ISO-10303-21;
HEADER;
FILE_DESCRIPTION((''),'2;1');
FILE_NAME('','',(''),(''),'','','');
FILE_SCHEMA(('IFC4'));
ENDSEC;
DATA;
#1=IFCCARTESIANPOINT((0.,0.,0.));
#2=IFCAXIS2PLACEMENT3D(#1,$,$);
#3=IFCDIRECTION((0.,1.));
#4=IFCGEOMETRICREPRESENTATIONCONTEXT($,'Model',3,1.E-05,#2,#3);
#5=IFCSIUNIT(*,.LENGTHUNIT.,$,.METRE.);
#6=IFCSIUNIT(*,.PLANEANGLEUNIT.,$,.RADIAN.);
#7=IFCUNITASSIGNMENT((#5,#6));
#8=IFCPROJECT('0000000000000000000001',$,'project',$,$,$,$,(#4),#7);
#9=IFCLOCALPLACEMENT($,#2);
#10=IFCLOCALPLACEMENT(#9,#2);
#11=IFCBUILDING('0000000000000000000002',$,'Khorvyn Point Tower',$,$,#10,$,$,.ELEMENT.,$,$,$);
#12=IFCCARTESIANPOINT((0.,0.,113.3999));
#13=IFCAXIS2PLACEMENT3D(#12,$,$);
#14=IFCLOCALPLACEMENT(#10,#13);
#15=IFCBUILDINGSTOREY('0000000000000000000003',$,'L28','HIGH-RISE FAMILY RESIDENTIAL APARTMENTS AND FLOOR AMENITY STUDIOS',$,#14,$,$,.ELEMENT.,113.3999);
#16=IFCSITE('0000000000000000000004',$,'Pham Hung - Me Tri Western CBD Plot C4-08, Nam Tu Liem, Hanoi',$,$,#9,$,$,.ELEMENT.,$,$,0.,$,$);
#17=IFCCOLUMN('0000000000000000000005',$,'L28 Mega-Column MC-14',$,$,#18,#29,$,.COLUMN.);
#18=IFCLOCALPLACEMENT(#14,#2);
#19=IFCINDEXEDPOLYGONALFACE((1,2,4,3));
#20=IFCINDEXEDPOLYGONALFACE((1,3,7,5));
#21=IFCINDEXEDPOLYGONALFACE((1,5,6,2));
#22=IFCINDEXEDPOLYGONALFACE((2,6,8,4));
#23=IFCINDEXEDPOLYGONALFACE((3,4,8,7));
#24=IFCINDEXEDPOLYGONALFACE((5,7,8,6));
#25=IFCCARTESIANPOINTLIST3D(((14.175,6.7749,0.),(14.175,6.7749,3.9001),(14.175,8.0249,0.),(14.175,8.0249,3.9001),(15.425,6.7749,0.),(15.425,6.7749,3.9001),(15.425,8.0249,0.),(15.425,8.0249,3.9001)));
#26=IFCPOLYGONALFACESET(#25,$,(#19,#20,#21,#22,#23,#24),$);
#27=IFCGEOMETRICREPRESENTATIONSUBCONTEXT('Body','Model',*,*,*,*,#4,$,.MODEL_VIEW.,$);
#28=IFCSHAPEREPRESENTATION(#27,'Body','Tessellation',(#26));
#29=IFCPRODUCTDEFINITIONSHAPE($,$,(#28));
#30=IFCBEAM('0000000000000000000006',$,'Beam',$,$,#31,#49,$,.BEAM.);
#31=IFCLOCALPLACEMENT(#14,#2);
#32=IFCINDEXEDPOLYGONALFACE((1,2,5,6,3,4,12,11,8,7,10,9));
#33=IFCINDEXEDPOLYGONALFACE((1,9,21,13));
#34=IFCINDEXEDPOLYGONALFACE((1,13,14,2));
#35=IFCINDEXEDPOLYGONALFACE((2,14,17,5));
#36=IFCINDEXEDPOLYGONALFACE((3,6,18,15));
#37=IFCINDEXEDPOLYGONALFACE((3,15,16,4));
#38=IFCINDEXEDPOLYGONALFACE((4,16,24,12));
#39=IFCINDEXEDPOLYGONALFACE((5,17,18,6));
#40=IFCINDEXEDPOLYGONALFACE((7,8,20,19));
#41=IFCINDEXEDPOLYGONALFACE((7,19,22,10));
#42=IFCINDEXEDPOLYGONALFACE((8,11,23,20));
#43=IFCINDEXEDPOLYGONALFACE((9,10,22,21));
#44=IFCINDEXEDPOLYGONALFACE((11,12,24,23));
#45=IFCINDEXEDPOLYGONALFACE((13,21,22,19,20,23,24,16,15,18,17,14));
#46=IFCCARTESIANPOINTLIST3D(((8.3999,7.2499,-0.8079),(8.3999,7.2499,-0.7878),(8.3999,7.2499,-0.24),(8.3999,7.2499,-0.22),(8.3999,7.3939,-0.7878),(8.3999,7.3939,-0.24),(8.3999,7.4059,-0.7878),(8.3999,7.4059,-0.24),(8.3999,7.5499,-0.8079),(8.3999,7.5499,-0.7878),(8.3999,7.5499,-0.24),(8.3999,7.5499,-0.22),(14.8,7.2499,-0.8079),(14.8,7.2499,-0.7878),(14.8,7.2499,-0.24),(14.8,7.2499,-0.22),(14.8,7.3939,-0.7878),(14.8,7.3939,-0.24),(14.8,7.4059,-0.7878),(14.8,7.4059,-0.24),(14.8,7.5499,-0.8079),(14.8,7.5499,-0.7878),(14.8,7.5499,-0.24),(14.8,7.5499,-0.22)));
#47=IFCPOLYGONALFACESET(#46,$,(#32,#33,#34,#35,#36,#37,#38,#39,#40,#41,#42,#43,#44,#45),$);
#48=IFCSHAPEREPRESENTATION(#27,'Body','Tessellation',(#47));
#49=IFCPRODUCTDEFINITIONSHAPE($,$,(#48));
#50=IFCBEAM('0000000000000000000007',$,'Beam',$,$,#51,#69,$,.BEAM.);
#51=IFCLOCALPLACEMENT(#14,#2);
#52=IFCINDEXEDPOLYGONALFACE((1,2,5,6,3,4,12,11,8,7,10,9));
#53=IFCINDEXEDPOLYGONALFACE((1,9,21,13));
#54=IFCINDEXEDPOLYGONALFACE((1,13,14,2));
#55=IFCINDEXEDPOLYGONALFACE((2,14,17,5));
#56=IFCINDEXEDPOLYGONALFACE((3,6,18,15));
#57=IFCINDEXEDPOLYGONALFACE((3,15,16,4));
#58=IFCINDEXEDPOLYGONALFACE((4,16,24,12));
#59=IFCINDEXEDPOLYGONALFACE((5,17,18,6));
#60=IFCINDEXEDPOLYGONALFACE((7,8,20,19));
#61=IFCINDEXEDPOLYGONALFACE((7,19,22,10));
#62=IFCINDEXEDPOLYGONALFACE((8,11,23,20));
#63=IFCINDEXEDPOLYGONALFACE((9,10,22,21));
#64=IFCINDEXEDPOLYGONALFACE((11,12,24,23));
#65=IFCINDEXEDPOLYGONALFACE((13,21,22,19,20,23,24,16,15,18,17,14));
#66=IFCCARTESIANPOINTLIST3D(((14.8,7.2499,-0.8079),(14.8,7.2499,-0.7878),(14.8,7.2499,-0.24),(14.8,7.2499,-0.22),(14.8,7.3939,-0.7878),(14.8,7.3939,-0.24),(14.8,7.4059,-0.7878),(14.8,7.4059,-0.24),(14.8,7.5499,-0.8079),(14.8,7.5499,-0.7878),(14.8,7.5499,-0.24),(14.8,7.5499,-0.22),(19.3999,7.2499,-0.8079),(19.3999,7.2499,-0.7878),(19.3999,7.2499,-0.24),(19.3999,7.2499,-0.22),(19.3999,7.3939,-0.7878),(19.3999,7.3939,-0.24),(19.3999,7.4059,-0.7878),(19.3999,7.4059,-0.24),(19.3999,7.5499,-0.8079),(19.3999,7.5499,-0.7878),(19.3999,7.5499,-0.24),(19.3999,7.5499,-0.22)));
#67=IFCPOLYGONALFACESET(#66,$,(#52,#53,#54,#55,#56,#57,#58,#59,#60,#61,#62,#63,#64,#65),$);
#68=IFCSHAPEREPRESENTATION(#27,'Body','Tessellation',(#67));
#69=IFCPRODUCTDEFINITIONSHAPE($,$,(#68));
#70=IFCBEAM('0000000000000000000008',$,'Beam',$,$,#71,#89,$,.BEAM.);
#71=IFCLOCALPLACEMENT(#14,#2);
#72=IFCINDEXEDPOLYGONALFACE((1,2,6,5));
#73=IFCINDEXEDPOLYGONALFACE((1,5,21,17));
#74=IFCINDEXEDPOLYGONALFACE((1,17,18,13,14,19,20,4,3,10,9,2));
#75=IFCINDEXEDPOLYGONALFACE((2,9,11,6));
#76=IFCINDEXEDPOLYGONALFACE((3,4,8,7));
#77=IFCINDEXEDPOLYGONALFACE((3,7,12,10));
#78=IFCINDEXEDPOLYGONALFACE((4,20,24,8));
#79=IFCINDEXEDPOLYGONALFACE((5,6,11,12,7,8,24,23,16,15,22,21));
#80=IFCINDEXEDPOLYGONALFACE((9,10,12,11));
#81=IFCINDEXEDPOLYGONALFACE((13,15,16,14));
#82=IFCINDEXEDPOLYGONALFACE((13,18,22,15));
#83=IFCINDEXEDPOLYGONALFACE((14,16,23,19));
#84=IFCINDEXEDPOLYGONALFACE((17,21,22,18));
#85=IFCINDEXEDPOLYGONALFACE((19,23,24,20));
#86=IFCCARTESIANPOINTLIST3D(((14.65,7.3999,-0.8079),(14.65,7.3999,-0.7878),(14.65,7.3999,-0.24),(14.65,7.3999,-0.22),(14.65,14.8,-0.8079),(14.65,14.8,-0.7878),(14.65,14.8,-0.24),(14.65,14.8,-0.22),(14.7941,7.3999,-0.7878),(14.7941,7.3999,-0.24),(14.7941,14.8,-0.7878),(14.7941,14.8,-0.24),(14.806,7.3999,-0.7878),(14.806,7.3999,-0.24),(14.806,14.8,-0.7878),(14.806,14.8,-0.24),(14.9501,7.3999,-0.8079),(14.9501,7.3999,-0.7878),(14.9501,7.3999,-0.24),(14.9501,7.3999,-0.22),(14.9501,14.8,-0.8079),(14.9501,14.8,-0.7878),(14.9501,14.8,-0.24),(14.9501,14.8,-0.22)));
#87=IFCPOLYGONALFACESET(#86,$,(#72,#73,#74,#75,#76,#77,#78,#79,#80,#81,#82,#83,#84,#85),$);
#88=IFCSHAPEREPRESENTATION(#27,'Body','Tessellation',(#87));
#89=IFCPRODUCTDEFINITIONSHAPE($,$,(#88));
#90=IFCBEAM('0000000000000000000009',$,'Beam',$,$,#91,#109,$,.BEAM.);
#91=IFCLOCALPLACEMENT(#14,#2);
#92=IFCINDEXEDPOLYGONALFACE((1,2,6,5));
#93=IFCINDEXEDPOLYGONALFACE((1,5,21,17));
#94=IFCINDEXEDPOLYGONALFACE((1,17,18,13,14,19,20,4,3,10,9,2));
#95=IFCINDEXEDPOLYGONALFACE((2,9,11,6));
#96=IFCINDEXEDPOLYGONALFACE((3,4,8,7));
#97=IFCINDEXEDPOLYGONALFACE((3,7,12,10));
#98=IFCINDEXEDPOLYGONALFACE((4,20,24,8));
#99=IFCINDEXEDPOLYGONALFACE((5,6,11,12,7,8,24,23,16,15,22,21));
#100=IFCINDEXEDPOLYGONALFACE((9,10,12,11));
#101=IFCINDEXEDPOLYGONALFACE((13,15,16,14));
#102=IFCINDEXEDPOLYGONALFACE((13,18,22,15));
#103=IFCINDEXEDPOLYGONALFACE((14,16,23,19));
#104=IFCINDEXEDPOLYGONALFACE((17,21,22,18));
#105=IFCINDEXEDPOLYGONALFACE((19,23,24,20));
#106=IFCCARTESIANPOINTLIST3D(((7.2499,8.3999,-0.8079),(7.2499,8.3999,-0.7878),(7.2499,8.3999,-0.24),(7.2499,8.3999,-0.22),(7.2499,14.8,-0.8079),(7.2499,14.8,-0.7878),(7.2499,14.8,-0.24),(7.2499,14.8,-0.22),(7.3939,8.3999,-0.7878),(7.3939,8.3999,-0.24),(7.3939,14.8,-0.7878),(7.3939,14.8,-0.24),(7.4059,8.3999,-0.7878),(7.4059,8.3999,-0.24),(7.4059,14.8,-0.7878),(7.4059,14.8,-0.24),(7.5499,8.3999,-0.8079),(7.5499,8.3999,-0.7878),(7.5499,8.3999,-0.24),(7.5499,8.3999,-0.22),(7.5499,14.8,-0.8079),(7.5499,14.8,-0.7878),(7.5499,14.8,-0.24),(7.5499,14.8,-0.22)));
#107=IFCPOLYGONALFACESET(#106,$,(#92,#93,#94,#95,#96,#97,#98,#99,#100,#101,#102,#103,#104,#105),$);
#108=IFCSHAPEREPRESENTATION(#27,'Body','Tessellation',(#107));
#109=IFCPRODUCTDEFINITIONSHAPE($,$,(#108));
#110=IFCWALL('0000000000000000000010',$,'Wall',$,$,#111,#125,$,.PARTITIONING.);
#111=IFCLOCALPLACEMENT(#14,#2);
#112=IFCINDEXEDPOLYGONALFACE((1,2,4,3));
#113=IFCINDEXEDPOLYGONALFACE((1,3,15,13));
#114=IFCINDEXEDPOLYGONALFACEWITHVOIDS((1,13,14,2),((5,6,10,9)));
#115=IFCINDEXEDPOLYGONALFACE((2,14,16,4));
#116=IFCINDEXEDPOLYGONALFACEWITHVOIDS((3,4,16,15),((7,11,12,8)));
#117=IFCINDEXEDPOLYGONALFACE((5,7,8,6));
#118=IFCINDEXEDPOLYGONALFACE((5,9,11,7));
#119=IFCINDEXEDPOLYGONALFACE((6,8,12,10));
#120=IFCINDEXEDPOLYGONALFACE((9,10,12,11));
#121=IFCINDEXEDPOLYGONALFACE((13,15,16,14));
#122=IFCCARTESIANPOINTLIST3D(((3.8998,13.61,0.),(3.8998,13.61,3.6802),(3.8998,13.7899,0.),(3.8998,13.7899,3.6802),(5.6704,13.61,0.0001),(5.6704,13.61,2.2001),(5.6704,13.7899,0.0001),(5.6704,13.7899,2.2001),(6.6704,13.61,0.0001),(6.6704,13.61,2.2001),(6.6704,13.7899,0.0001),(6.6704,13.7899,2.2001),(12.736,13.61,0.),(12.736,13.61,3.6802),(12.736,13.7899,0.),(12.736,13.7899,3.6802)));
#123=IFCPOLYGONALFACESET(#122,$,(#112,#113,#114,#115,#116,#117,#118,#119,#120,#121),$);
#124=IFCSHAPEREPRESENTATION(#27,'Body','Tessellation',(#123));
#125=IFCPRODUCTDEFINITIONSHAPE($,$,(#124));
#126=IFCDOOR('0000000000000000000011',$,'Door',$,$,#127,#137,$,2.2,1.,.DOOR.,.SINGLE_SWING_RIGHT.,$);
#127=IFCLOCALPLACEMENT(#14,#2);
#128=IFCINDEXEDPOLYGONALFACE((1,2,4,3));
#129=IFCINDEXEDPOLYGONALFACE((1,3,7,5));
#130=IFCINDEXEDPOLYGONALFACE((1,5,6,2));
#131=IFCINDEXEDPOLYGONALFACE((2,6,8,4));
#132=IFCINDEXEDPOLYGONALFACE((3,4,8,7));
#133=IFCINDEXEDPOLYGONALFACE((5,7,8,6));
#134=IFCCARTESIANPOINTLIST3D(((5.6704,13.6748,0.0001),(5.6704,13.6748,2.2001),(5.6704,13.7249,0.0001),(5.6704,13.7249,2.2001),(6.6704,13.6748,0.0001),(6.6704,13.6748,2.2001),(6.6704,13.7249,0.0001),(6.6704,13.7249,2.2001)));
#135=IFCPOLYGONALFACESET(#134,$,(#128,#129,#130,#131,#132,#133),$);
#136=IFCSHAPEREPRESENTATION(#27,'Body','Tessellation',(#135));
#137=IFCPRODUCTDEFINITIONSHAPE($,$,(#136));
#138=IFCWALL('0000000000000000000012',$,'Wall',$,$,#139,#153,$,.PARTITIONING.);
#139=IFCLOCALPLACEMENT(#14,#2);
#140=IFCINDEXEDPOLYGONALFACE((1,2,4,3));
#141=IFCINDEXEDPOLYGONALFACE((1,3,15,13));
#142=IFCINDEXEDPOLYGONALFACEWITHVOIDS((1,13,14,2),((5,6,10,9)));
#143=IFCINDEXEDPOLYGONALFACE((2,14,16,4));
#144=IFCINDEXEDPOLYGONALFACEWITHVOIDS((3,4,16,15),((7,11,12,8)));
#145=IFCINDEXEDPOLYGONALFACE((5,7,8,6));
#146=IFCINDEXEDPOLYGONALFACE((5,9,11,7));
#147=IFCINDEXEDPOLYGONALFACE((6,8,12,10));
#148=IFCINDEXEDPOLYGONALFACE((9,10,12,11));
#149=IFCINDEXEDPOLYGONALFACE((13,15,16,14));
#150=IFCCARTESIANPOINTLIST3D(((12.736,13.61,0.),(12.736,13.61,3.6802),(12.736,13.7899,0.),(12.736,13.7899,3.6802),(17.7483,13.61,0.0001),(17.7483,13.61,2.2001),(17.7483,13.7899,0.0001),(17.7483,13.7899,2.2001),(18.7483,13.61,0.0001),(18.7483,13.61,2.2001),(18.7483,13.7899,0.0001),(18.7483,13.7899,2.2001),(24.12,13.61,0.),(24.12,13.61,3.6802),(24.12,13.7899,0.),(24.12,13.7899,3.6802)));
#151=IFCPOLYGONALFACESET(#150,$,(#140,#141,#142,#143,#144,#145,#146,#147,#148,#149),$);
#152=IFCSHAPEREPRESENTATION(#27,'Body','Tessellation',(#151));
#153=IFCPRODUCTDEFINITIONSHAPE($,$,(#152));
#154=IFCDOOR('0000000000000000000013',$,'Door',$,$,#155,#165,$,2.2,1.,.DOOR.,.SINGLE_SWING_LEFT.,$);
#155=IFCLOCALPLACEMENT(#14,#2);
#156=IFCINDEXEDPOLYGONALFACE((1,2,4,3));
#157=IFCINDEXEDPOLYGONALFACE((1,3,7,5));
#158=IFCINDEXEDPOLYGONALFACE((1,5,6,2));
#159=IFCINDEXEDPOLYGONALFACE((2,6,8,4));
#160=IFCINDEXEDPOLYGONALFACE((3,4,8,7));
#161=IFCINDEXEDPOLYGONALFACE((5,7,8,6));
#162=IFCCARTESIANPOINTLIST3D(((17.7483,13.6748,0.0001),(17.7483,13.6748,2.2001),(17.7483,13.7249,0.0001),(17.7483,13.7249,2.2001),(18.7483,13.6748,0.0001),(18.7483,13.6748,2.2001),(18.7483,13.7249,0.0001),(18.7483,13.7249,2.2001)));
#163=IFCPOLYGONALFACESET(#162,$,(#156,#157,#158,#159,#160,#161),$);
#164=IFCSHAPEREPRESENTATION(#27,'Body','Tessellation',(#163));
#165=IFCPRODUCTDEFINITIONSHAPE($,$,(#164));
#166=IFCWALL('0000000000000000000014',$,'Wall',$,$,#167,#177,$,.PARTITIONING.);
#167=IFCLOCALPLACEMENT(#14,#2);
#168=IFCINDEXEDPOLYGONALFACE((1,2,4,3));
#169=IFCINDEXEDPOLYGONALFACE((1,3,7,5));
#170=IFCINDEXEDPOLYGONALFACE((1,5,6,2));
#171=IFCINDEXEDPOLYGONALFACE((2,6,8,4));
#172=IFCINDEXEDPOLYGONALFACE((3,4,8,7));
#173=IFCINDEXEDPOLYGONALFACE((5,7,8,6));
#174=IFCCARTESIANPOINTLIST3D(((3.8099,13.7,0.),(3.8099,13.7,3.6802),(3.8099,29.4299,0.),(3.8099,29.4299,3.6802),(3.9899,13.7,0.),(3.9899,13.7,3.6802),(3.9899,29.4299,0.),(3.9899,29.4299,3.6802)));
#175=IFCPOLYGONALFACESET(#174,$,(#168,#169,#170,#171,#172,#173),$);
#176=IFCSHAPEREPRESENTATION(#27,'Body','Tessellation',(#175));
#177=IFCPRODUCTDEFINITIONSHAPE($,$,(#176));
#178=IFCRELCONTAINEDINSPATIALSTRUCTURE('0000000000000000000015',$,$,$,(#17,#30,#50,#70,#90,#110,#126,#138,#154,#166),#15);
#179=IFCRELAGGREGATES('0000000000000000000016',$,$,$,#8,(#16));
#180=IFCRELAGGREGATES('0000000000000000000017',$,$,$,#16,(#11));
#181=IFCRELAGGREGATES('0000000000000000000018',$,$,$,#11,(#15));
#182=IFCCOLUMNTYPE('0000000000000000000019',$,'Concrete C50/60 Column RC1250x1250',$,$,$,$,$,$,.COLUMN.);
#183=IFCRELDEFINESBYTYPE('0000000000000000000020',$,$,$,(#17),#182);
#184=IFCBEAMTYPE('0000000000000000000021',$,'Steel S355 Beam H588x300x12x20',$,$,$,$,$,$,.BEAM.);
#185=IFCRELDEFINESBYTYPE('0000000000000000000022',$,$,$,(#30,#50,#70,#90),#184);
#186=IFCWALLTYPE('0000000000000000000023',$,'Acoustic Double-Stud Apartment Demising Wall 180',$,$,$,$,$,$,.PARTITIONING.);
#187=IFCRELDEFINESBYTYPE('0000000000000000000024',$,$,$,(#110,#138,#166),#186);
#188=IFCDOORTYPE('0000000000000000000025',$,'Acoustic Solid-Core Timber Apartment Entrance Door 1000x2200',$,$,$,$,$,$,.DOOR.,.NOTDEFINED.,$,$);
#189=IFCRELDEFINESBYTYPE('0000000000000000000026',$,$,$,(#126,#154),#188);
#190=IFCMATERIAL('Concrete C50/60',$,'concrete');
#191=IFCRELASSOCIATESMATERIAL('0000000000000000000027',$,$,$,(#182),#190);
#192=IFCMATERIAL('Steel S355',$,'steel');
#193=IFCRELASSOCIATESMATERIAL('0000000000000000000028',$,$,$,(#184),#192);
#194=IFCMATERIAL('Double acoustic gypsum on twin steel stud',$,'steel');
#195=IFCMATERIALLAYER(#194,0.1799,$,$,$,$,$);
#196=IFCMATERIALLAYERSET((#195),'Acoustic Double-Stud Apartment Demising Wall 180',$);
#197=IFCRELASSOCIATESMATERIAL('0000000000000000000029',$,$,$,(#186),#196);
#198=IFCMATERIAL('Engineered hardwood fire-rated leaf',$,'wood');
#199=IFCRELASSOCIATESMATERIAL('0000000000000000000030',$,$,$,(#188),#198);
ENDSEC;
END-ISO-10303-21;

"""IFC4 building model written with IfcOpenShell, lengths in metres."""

from ifc_helpers import new_model, si_unit, direction, frame, frame_2d, origin, origin_2d, place, context, subcontext, project, spatial, rectangle, i_section, extrude, material, layer, layer_set, material_profile, profile_set, type_object, element, fill, save


model = new_model("IFC4")

# Units and contexts
model_context = context("Model", 3, precision=1e-05, world=origin(), true_north=direction((0.0, 1.0)))
body_context = subcontext(model_context, "Body", "Model", "MODEL_VIEW")
ifc_project = project(units=[si_unit("LENGTHUNIT", "METRE"), si_unit("PLANEANGLEUNIT", "RADIAN")], contexts=[model_context])

# Site, building, storey
site_placement = place(None, origin())
site = spatial("IfcSite", under=ifc_project, at=site_placement, Name="Pham Hung - Me Tri Western CBD Plot C4-08, Nam Tu Liem, Hanoi", CompositionType="ELEMENT", RefElevation=0.0)
building_placement = place(site_placement, origin())
building = spatial("IfcBuilding", under=site, at=building_placement, Name="Khorvyn Point Tower", CompositionType="ELEMENT")
storey_placement = place(building_placement, frame((0.0, 0.0, 113.3999)))
storey = spatial("IfcBuildingStorey", under=building, at=storey_placement, Name="L28", Description="HIGH-RISE FAMILY RESIDENTIAL APARTMENTS AND FLOOR AMENITY STUDIOS", CompositionType="ELEMENT", Elevation=113.3999)

# Column
ifc_material_1 = material(Name="Concrete C50/60", Category="concrete")
ifc_material_profile_1 = material_profile(ifc_material_1, rectangle(XDim=1.25, YDim=1.25, at=origin_2d()))
ifc_profile_set_1 = profile_set([ifc_material_profile_1], Name="Concrete C50/60 RC1250x1250")
column_type = type_object("IfcColumnType", Name="Concrete C50/60 Column RC1250x1250", PredefinedType="COLUMN", material=ifc_profile_set_1)
column_placement = place(storey_placement, frame((14.8, 7.3999, 0.0), z_axis=(0.0, 0.0, 1.0), x_axis=(1.0, 0.0, 0.0)))
element("IfcColumn", 1, at=column_placement, inside=storey, type_object=column_type, Name="L28 Mega-Column MC-14", PredefinedType="COLUMN", context=body_context, shape_type="SweptSolid", body=[
    extrude(rectangle(XDim=1.25, YDim=1.25, at=origin_2d()), origin(), (0.0, 0.0, 1.0), 3.9001),
])

# Beams
ifc_material_2 = material(Name="Steel S355", Category="steel")
ifc_material_profile_2 = material_profile(ifc_material_2, i_section(OverallWidth=0.3, OverallDepth=0.5879, WebThickness=0.012, FlangeThickness=0.02, at=origin_2d()))
ifc_profile_set_2 = profile_set([ifc_material_profile_2], Name="Steel S355 H588x300x12x20")
beam_type = type_object("IfcBeamType", Name="Steel S355 Beam H588x300x12x20", PredefinedType="BEAM", material=ifc_profile_set_2)
beam_1_placement = place(storey_placement, frame((8.3999, 7.3999, -0.5139), z_axis=(1.0, 0.0, 0.0), x_axis=(0.0, 1.0, 0.0)))
element("IfcBeam", 2, at=beam_1_placement, inside=storey, type_object=beam_type, Name="Beam", PredefinedType="BEAM", context=body_context, shape_type="SweptSolid", body=[
    extrude(i_section(OverallWidth=0.3, OverallDepth=0.5879, WebThickness=0.012, FlangeThickness=0.02, at=origin_2d()), origin(), (0.0, 0.0, 1.0), 6.4001),
])
beam_2_placement = place(storey_placement, frame((14.8, 7.3999, -0.5139), z_axis=(1.0, 0.0, 0.0), x_axis=(0.0, 1.0, 0.0)))
element("IfcBeam", 3, at=beam_2_placement, inside=storey, type_object=beam_type, Name="Beam", PredefinedType="BEAM", context=body_context, shape_type="SweptSolid", body=[
    extrude(i_section(OverallWidth=0.3, OverallDepth=0.5879, WebThickness=0.012, FlangeThickness=0.02, at=origin_2d()), origin(), (0.0, 0.0, 1.0), 4.5999),
])
beam_3_placement = place(storey_placement, frame((14.8, 7.3999, -0.5139), z_axis=(0.0, 1.0, 0.0), x_axis=(-1.0, 0.0, 0.0)))
element("IfcBeam", 4, at=beam_3_placement, inside=storey, type_object=beam_type, Name="Beam", PredefinedType="BEAM", context=body_context, shape_type="SweptSolid", body=[
    extrude(i_section(OverallWidth=0.3, OverallDepth=0.5879, WebThickness=0.012, FlangeThickness=0.02, at=origin_2d()), origin(), (0.0, 0.0, 1.0), 7.4001),
])
beam_4_placement = place(storey_placement, frame((7.3999, 8.3999, -0.5139), z_axis=(0.0, 1.0, 0.0), x_axis=(-1.0, 0.0, 0.0)))
element("IfcBeam", 5, at=beam_4_placement, inside=storey, type_object=beam_type, Name="Beam", PredefinedType="BEAM", context=body_context, shape_type="SweptSolid", body=[
    extrude(i_section(OverallWidth=0.3, OverallDepth=0.5879, WebThickness=0.012, FlangeThickness=0.02, at=origin_2d()), origin(), (0.0, 0.0, 1.0), 6.4001),
])

# Walls, openings, doors
ifc_material_3 = material(Name="Double acoustic gypsum on twin steel stud", Category="steel")
ifc_layer_1 = layer(ifc_material_3, 0.1799)
ifc_layer_set_1 = layer_set([ifc_layer_1], Name="Acoustic Double-Stud Apartment Demising Wall 180")
wall_type_1 = type_object("IfcWallType", Name="Acoustic Double-Stud Apartment Demising Wall 180", PredefinedType="PARTITIONING", material=ifc_layer_set_1)
wall_1_placement = place(storey_placement, frame((3.8999, 13.7, 0.0), z_axis=(0.0, 0.0, 1.0), x_axis=(1.0, 0.0, 0.0)))
wall_1 = element("IfcWall", 6, at=wall_1_placement, inside=storey, type_object=wall_type_1, Name="Wall", PredefinedType="PARTITIONING", context=body_context, shape_type="SweptSolid", body=[
    extrude(rectangle(XDim=8.8362, YDim=0.1799, at=frame_2d((4.418, 0.0))), origin(), (0.0, 0.0, 1.0), 3.6802),
])
opening_1_placement = place(wall_1_placement, frame((1.7705, 0.0, 0.0)))
opening_1 = element("IfcOpeningElement", 7, at=opening_1_placement, cuts=wall_1, PredefinedType="OPENING", context=body_context, shape_type="SweptSolid", body=[
    extrude(rectangle(XDim=1.0, YDim=2.2, at=frame_2d((0.5, 1.1001))), frame((0.0, 0.0999, 0.0), z_axis=(0.0, -1.0, 0.0), x_axis=(1.0, 0.0, 0.0)), (0.0, 0.0, 1.0), 0.2),
])
ifc_material_4 = material(Name="Engineered hardwood fire-rated leaf", Category="wood")
door_type_1 = type_object("IfcDoorType", Name="Acoustic Solid-Core Timber Apartment Entrance Door 1000x2200", OperationType="NOTDEFINED", PredefinedType="DOOR", material=ifc_material_4)
door_1_placement = place(opening_1_placement, origin())
door_1 = element("IfcDoor", 8, at=door_1_placement, inside=storey, type_object=door_type_1, Name="Door", OperationType="SINGLE_SWING_RIGHT", OverallHeight=2.2, OverallWidth=1.0, PredefinedType="DOOR", context=body_context, shape_type="SweptSolid", body=[
    extrude(rectangle(XDim=1.0, YDim=2.2, at=frame_2d((0.5, 1.1001))), frame((0.0, 0.0249, 0.0), z_axis=(0.0, -1.0, 0.0), x_axis=(1.0, 0.0, 0.0)), (0.0, 0.0, 1.0), 0.05),
])
fill(opening_1, door_1)
wall_2_placement = place(storey_placement, frame((12.7361, 13.7, 0.0), z_axis=(0.0, 0.0, 1.0), x_axis=(1.0, 0.0, 0.0)))
wall_2 = element("IfcWall", 9, at=wall_2_placement, inside=storey, type_object=wall_type_1, Name="Wall", PredefinedType="PARTITIONING", context=body_context, shape_type="SweptSolid", body=[
    extrude(rectangle(XDim=11.384, YDim=0.1799, at=frame_2d((5.6919, 0.0))), origin(), (0.0, 0.0, 1.0), 3.6802),
])
opening_2_placement = place(wall_2_placement, frame((5.0122, 0.0, 0.0)))
opening_2 = element("IfcOpeningElement", 10, at=opening_2_placement, cuts=wall_2, PredefinedType="OPENING", context=body_context, shape_type="SweptSolid", body=[
    extrude(rectangle(XDim=1.0, YDim=2.2, at=frame_2d((0.5, 1.1001))), frame((0.0, 0.0999, 0.0), z_axis=(0.0, -1.0, 0.0), x_axis=(1.0, 0.0, 0.0)), (0.0, 0.0, 1.0), 0.2),
])
door_2_placement = place(opening_2_placement, origin())
door_2 = element("IfcDoor", 11, at=door_2_placement, inside=storey, type_object=door_type_1, Name="Door", OperationType="SINGLE_SWING_LEFT", OverallHeight=2.2, OverallWidth=1.0, PredefinedType="DOOR", context=body_context, shape_type="SweptSolid", body=[
    extrude(rectangle(XDim=1.0, YDim=2.2, at=frame_2d((0.5, 1.1001))), frame((0.0, 0.0249, 0.0), z_axis=(0.0, -1.0, 0.0), x_axis=(1.0, 0.0, 0.0)), (0.0, 0.0, 1.0), 0.05),
])
fill(opening_2, door_2)

# Wall
for number, where, z_axis, x_axis, name in (
    (12, (3.8999, 13.7, 0.0), (0.0, 0.0, 1.0), (0.0, 1.0, 0.0), "Wall"),
):
    element("IfcWall", number, at=place(storey_placement, frame(where, z_axis=z_axis, x_axis=x_axis)), inside=storey, type_object=wall_type_1, Name=name, PredefinedType="PARTITIONING", context=body_context, shape_type="SweptSolid", body=[
        extrude(rectangle(XDim=15.73, YDim=0.1799, at=frame_2d((7.865, 0.0))), origin(), (0.0, 0.0, 1.0), 3.6802),
    ])

save(model, "model.ifc")
